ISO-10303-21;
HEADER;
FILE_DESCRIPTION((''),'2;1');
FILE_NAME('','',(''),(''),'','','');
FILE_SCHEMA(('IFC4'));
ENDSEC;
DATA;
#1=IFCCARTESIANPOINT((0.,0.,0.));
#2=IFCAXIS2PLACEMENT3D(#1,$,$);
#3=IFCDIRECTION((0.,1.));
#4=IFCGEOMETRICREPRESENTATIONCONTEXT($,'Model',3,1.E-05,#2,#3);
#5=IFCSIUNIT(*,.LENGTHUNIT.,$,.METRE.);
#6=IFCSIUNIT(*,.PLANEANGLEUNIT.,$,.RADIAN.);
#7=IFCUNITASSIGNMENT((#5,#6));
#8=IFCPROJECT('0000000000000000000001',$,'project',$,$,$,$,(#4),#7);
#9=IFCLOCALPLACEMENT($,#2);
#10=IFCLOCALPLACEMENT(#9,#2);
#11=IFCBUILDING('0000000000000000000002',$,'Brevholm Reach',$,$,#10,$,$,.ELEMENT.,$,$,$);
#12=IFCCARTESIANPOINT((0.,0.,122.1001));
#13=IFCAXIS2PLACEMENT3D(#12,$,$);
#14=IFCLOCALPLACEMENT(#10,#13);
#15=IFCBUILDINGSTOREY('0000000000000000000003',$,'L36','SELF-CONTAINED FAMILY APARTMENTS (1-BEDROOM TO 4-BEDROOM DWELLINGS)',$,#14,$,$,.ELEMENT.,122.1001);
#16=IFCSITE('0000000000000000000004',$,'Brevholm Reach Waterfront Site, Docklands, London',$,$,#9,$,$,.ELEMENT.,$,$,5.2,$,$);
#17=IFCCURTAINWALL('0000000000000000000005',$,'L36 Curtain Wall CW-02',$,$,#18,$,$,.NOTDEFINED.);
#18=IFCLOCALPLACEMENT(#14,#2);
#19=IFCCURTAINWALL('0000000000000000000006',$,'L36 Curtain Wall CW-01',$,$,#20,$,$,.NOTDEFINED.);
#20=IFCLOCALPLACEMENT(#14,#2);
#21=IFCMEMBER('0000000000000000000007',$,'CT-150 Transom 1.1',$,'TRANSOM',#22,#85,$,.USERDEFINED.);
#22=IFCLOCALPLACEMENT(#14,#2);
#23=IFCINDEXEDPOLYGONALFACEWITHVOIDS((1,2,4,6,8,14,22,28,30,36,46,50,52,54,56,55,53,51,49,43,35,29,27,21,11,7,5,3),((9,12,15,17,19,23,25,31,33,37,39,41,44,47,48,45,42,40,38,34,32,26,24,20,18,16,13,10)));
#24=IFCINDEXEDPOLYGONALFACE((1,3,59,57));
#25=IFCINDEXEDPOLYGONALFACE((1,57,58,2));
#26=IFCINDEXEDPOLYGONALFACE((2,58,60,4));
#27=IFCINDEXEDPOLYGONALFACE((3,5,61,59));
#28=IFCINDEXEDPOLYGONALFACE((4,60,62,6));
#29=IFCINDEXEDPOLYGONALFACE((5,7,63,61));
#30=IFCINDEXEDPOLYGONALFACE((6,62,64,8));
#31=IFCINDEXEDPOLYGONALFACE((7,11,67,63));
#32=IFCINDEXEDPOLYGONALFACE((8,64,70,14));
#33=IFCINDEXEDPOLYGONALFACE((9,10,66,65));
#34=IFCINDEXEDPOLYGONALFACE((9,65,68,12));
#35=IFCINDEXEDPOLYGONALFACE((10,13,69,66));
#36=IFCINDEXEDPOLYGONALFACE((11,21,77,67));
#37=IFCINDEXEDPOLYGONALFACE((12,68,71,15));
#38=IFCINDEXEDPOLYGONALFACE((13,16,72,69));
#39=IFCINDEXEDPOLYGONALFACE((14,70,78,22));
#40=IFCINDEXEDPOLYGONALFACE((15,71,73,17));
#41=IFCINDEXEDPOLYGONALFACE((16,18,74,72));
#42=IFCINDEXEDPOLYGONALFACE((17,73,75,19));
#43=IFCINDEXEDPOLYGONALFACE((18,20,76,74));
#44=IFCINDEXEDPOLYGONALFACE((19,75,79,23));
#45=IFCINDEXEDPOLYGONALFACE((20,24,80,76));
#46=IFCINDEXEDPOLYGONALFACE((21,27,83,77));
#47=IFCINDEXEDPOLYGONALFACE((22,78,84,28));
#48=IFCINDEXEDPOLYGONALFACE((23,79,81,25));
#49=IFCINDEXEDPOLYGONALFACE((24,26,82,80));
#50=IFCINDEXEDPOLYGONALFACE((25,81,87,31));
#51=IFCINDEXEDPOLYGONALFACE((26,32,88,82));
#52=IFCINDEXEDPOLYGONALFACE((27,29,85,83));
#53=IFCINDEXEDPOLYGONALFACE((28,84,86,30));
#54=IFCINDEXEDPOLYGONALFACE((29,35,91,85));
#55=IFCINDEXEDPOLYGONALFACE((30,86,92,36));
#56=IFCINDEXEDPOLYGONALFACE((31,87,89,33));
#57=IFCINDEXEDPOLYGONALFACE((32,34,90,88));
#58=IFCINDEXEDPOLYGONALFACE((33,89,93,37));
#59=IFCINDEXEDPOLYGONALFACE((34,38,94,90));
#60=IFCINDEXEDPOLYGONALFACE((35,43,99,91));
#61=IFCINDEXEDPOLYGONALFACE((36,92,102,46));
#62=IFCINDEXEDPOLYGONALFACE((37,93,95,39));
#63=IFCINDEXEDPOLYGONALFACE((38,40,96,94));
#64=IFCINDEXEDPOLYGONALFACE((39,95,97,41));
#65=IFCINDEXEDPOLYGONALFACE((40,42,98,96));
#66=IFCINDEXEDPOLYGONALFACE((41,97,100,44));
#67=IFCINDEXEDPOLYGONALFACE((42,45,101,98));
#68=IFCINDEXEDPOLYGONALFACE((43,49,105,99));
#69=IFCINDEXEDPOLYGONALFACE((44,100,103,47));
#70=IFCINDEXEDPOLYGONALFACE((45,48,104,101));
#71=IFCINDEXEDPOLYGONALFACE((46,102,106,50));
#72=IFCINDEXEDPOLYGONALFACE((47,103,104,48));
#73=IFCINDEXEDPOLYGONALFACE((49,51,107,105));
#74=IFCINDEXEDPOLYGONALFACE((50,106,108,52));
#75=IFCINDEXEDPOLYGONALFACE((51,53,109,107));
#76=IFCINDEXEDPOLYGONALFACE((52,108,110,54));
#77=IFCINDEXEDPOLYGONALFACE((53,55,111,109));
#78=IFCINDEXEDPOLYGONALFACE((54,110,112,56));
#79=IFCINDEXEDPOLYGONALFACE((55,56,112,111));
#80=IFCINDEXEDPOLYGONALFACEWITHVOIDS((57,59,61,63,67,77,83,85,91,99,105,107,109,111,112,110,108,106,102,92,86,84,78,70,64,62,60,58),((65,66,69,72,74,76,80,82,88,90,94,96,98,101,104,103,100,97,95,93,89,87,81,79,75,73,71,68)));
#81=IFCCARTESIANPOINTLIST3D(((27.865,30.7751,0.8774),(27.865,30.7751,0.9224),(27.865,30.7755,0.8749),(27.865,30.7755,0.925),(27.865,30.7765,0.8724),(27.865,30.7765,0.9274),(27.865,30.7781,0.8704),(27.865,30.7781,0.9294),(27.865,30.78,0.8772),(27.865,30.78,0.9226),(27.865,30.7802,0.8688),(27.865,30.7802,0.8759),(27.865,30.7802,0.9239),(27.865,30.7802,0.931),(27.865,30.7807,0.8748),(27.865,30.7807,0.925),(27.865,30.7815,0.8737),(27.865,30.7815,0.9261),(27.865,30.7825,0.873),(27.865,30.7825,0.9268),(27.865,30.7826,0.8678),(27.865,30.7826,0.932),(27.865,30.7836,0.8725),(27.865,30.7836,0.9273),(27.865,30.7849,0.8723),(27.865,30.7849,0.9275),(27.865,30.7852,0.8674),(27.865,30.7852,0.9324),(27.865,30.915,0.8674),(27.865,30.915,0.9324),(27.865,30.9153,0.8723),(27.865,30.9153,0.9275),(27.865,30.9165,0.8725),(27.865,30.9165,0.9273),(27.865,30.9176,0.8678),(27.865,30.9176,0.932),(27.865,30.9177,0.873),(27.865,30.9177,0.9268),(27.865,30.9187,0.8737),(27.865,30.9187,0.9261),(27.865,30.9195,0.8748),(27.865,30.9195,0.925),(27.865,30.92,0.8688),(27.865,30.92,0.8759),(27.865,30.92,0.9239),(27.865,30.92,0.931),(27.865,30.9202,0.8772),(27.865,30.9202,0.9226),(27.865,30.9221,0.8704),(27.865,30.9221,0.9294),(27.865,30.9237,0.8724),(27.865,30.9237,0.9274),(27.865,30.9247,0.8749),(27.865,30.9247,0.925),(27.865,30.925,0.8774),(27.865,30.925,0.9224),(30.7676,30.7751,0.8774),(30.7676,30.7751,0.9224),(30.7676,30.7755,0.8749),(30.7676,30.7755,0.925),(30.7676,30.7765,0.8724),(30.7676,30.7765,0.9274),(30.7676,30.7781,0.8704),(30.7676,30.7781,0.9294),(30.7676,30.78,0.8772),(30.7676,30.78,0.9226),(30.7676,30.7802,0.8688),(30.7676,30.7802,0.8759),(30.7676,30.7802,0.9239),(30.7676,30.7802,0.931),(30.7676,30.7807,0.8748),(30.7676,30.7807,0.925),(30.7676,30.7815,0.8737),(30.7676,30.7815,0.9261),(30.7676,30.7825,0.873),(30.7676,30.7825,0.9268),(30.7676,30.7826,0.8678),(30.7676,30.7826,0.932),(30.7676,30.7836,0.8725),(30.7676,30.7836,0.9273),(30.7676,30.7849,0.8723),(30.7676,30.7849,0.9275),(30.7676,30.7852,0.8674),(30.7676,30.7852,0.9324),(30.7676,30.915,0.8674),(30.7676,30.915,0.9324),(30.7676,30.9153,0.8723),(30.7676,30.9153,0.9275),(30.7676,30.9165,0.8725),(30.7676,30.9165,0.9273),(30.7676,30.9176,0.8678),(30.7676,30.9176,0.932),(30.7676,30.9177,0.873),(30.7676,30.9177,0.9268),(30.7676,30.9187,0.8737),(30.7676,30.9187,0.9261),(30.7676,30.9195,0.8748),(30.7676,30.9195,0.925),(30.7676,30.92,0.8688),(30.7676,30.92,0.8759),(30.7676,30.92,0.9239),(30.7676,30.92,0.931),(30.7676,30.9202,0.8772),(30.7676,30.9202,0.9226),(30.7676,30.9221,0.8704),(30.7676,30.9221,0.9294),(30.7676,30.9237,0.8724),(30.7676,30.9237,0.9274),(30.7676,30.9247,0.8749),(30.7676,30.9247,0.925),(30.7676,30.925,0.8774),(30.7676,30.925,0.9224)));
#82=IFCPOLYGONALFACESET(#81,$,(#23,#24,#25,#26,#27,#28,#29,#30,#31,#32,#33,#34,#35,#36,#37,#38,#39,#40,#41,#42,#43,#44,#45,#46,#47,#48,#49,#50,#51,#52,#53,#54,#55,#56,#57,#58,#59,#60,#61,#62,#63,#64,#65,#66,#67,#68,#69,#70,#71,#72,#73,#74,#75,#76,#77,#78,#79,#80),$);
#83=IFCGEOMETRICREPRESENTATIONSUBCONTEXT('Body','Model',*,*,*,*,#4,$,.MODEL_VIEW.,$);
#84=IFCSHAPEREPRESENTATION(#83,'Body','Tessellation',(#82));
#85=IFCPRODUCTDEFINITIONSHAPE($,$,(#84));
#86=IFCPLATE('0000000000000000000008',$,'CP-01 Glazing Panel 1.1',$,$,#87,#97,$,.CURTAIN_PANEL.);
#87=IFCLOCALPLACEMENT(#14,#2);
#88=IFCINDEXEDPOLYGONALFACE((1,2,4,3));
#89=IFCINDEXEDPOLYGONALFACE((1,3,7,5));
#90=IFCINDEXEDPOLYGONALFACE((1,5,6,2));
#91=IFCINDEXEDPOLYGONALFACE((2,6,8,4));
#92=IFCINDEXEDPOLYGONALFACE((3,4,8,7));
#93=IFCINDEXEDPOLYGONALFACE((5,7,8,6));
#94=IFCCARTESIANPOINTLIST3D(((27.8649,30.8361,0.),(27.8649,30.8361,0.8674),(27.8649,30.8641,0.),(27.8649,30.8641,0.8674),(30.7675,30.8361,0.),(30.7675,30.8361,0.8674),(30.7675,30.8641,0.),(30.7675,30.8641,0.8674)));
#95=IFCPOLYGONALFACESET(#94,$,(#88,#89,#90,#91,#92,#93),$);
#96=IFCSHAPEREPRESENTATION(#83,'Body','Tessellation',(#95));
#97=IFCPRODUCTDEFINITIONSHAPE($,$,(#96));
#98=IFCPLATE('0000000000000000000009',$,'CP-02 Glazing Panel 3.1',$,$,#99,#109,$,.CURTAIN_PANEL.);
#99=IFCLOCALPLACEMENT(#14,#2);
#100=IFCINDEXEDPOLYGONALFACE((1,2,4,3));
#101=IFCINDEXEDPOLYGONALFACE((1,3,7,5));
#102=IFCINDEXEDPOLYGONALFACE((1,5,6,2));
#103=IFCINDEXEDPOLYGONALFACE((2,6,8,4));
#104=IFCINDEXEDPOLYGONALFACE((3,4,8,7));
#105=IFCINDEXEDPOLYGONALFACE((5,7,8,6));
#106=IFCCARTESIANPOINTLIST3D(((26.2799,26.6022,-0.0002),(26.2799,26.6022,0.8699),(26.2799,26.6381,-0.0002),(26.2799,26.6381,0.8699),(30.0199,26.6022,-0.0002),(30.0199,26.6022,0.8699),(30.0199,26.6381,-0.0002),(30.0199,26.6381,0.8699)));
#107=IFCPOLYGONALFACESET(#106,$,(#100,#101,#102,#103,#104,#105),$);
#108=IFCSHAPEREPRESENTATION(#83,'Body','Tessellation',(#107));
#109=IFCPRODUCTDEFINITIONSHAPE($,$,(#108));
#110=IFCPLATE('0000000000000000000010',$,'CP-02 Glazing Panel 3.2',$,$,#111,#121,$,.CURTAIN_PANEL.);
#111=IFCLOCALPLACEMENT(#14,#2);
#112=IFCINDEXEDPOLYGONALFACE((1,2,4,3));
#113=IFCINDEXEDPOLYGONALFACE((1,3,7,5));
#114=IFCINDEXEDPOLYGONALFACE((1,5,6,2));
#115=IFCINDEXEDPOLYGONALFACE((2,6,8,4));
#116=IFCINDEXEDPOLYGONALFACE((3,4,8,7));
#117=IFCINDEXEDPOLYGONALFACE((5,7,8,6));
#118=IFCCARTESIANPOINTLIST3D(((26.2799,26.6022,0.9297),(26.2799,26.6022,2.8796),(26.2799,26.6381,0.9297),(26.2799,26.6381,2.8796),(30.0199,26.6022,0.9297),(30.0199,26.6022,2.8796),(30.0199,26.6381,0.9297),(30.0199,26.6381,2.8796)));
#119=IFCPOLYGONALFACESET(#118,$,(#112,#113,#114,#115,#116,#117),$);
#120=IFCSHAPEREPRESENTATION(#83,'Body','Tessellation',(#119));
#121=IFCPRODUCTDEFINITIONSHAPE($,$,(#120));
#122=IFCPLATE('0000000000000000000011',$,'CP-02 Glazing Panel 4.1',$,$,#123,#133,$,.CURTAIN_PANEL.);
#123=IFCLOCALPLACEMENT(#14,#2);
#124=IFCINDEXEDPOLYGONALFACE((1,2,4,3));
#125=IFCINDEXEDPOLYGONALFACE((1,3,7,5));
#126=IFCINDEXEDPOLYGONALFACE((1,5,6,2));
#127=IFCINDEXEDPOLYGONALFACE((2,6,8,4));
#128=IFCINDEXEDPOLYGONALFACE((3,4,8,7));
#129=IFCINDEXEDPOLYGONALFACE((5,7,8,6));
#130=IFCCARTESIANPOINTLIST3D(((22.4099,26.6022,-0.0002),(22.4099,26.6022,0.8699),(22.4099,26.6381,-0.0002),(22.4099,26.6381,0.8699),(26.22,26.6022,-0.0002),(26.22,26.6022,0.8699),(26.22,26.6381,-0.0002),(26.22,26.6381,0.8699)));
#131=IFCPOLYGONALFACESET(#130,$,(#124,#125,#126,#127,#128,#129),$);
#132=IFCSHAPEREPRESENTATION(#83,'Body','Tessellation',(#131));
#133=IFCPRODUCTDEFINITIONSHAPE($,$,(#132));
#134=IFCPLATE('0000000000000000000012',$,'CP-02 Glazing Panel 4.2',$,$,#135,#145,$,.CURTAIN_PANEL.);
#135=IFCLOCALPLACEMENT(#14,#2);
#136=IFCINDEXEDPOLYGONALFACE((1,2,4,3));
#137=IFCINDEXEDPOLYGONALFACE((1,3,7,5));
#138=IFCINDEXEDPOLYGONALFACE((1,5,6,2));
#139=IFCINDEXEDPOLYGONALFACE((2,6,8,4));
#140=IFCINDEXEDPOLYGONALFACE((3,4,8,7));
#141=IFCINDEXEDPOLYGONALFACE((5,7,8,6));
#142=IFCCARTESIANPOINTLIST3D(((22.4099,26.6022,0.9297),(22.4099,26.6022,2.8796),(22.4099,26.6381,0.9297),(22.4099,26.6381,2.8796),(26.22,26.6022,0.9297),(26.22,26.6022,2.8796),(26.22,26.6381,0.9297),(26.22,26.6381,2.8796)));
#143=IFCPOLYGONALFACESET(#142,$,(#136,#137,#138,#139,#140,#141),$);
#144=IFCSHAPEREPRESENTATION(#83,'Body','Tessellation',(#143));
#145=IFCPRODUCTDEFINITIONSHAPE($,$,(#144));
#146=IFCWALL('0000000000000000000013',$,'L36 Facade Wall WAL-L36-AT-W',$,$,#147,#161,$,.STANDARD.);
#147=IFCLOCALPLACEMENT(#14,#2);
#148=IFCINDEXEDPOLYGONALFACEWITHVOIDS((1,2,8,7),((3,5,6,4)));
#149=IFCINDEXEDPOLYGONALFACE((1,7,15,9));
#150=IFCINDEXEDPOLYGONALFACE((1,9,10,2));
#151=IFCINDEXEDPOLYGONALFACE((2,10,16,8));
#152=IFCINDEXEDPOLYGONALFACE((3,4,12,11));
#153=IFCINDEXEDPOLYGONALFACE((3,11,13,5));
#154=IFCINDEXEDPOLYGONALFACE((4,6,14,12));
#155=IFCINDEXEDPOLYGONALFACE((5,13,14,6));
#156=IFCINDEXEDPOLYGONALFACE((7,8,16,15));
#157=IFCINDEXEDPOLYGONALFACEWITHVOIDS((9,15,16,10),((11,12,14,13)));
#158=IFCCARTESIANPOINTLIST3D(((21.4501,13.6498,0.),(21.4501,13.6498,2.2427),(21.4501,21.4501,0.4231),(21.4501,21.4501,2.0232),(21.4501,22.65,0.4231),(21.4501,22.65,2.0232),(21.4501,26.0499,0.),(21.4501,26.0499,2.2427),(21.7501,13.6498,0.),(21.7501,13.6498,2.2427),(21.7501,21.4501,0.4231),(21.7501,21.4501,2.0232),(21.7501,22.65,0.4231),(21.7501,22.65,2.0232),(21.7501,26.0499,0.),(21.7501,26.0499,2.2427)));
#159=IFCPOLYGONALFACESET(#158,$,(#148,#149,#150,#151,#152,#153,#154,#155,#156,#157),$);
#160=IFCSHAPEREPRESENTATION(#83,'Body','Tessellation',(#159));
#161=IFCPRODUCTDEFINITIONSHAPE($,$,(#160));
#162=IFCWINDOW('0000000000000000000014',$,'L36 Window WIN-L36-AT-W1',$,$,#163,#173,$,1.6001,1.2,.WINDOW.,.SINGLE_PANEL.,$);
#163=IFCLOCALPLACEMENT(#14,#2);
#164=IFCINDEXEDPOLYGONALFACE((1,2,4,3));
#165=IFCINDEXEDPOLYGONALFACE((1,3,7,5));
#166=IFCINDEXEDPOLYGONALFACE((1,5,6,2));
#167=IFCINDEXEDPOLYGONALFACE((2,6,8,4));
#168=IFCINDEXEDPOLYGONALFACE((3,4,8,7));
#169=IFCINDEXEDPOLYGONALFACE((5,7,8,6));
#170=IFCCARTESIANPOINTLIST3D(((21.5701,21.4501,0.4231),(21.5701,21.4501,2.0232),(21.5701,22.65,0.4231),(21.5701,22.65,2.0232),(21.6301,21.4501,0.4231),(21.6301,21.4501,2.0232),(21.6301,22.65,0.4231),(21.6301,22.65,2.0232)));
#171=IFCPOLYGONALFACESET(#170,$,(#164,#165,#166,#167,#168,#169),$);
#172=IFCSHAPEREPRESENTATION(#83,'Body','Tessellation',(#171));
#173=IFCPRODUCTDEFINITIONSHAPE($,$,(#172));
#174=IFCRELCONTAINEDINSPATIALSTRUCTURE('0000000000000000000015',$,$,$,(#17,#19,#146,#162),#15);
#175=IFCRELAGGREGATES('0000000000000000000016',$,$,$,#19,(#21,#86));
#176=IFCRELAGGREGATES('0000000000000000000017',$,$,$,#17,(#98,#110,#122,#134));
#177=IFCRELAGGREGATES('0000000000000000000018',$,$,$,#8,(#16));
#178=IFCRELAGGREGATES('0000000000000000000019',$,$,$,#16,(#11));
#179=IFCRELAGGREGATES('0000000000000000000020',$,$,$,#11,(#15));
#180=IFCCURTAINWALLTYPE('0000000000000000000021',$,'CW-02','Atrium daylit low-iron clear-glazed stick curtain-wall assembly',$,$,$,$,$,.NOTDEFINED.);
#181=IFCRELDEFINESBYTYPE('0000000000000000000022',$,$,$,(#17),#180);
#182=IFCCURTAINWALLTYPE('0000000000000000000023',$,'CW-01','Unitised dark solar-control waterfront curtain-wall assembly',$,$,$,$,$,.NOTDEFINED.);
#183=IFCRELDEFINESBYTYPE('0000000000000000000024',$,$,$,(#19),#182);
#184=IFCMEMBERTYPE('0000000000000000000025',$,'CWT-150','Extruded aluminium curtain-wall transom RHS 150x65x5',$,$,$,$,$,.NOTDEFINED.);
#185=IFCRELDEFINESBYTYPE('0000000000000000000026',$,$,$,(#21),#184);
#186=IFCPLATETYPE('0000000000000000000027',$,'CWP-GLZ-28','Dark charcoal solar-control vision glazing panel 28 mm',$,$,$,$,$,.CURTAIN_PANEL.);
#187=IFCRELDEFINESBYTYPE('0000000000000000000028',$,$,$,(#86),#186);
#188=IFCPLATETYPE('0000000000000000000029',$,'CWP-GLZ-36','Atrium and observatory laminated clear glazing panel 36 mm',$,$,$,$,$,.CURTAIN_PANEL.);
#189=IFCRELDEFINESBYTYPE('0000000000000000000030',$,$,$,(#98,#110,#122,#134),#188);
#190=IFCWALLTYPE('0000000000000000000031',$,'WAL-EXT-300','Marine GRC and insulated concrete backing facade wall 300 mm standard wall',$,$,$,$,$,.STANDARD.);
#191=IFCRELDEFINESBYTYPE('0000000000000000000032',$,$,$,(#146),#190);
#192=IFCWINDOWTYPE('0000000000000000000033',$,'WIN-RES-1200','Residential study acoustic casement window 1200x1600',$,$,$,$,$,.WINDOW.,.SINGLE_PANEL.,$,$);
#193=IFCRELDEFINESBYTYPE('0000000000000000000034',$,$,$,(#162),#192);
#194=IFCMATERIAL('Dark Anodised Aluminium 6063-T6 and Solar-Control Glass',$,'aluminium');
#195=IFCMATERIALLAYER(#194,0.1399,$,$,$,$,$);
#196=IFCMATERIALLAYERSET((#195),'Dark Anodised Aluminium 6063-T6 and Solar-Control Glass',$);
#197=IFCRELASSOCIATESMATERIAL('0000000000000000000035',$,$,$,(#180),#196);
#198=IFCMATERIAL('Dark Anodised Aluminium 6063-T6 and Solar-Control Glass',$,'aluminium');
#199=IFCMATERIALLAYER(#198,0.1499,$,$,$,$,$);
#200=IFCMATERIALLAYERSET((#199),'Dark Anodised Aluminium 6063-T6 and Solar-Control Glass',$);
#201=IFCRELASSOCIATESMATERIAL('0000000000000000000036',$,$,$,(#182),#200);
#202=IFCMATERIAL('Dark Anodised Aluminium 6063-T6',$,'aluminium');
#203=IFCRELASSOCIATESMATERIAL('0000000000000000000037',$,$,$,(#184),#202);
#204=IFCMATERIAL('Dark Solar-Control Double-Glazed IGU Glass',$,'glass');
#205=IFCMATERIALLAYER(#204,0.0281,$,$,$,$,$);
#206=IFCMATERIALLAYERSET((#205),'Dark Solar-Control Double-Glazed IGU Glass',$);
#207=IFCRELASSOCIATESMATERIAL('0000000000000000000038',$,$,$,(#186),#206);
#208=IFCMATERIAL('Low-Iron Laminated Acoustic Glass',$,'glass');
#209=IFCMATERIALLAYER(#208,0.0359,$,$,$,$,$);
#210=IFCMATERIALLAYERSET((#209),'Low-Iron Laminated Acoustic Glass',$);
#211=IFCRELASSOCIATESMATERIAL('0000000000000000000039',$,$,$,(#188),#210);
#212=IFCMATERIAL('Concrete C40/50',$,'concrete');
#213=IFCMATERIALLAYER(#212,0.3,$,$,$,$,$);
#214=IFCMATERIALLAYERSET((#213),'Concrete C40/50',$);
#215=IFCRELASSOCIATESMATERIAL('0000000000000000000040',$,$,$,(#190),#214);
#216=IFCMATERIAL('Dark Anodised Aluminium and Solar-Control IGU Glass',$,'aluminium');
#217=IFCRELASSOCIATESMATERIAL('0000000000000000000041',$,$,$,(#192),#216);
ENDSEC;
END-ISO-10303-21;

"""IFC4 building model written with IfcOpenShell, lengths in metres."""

from ifc_helpers import new_model, si_unit, direction, frame, frame_2d, origin, origin_2d, place, context, subcontext, project, spatial, rectangle, hollow_rectangle, extrude, material, layer, layer_set, material_profile, profile_set, type_object, element, fill, aggregate, save


model = new_model("IFC4")

# Units and contexts
model_context = context("Model", 3, precision=1e-05, world=origin(), true_north=direction((0.0, 1.0)))
body_context = subcontext(model_context, "Body", "Model", "MODEL_VIEW")
ifc_project = project(units=[si_unit("LENGTHUNIT", "METRE"), si_unit("PLANEANGLEUNIT", "RADIAN")], contexts=[model_context])

# Site, building, storey
site_placement = place(None, origin())
site = spatial("IfcSite", under=ifc_project, at=site_placement, Name="Brevholm Reach Waterfront Site, Docklands, London", CompositionType="ELEMENT", RefElevation=5.2)
building_placement = place(site_placement, origin())
building = spatial("IfcBuilding", under=site, at=building_placement, Name="Brevholm Reach", CompositionType="ELEMENT")
storey_placement = place(building_placement, frame((0.0, 0.0, 122.1001)))
storey = spatial("IfcBuildingStorey", under=building, at=storey_placement, Name="L36", Description="SELF-CONTAINED FAMILY APARTMENTS (1-BEDROOM TO 4-BEDROOM DWELLINGS)", CompositionType="ELEMENT", Elevation=122.1001)

# Curtain wall
ifc_material_1 = material(Name="Dark Anodised Aluminium 6063-T6 and Solar-Control Glass", Category="aluminium")
ifc_layer_1 = layer(ifc_material_1, 0.1399)
ifc_layer_set_1 = layer_set([ifc_layer_1], Name="Dark Anodised Aluminium 6063-T6 and Solar-Control Glass")
curtain_wall_type_1 = type_object("IfcCurtainWallType", Name="CW-02", Description="Atrium daylit low-iron clear-glazed stick curtain-wall assembly", PredefinedType="NOTDEFINED", material=ifc_layer_set_1)
curtain_wall_1_placement = place(storey_placement, origin())
curtain_wall_1 = element("IfcCurtainWall", 1, at=curtain_wall_1_placement, inside=storey, type_object=curtain_wall_type_1, Name="L36 Curtain Wall CW-02", PredefinedType="NOTDEFINED")

# Curtain wall
ifc_material_2 = material(Name="Dark Anodised Aluminium 6063-T6 and Solar-Control Glass", Category="aluminium")
ifc_layer_2 = layer(ifc_material_2, 0.1499)
ifc_layer_set_2 = layer_set([ifc_layer_2], Name="Dark Anodised Aluminium 6063-T6 and Solar-Control Glass")
curtain_wall_type_2 = type_object("IfcCurtainWallType", Name="CW-01", Description="Unitised dark solar-control waterfront curtain-wall assembly", PredefinedType="NOTDEFINED", material=ifc_layer_set_2)
curtain_wall_2_placement = place(storey_placement, origin())
curtain_wall_2 = element("IfcCurtainWall", 2, at=curtain_wall_2_placement, inside=storey, type_object=curtain_wall_type_2, Name="L36 Curtain Wall CW-01", PredefinedType="NOTDEFINED")

# Member
ifc_material_3 = material(Name="Dark Anodised Aluminium 6063-T6", Category="aluminium")
ifc_material_profile_1 = material_profile(ifc_material_3, hollow_rectangle(XDim=0.0649, YDim=0.1499, WallThickness=0.0049, InnerFilletRadius=0.0049, OuterFilletRadius=0.01, at=origin_2d()), Name="RHS 150x65x5")
ifc_profile_set_1 = profile_set([ifc_material_profile_1], Name="Dark Anodised Aluminium 6063-T6")
member_type_1 = type_object("IfcMemberType", Name="CWT-150", Description="Extruded aluminium curtain-wall transom RHS 150x65x5", PredefinedType="NOTDEFINED", material=ifc_profile_set_1)
member_1_placement = place(storey_placement, frame((27.865, 30.8501, 0.8999), z_axis=(1.0, 0.0, 0.0), x_axis=(0.0, 0.0, 1.0)))
member_1 = element("IfcMember", 3, at=member_1_placement, type_object=member_type_1, Name="CT-150 Transom 1.1", ObjectType="TRANSOM", PredefinedType="USERDEFINED", context=body_context, shape_type="SweptSolid", body=[
    extrude(hollow_rectangle(XDim=0.0649, YDim=0.1499, WallThickness=0.0049, InnerFilletRadius=0.0049, OuterFilletRadius=0.01, at=origin_2d()), origin(), (0.0, 0.0, 1.0), 2.9026),
])

# Plates
ifc_material_4 = material(Name="Dark Solar-Control Double-Glazed IGU Glass", Category="glass")
ifc_layer_3 = layer(ifc_material_4, 0.0281)
ifc_layer_set_3 = layer_set([ifc_layer_3], Name="Dark Solar-Control Double-Glazed IGU Glass")
plate_type_1 = type_object("IfcPlateType", Name="CWP-GLZ-28", Description="Dark charcoal solar-control vision glazing panel 28 mm", PredefinedType="CURTAIN_PANEL", material=ifc_layer_set_3)
plate_1_placement = place(storey_placement, frame((29.3162, 30.8501, 0.0), z_axis=(0.0, 0.0, 1.0), x_axis=(1.0, 0.0, 0.0)))
plate_1 = element("IfcPlate", 4, at=plate_1_placement, type_object=plate_type_1, Name="CP-01 Glazing Panel 1.1", PredefinedType="CURTAIN_PANEL", context=body_context, shape_type="SweptSolid", body=[
    extrude(rectangle(XDim=2.9026, YDim=0.0281, at=origin_2d()), origin(), (0.0, 0.0, 1.0), 0.8674),
])
aggregate(curtain_wall_2, [member_1, plate_1])
ifc_material_5 = material(Name="Low-Iron Laminated Acoustic Glass", Category="glass")
ifc_layer_4 = layer(ifc_material_5, 0.0359)
ifc_layer_set_4 = layer_set([ifc_layer_4], Name="Low-Iron Laminated Acoustic Glass")
plate_type_2 = type_object("IfcPlateType", Name="CWP-GLZ-36", Description="Atrium and observatory laminated clear glazing panel 36 mm", PredefinedType="CURTAIN_PANEL", material=ifc_layer_set_4)
plate_2_placement = place(storey_placement, frame((28.1499, 26.6201, -0.0002), z_axis=(0.0, 0.0, 1.0), x_axis=(-1.0, 0.0, 0.0)))
plate_2 = element("IfcPlate", 5, at=plate_2_placement, type_object=plate_type_2, Name="CP-02 Glazing Panel 3.1", PredefinedType="CURTAIN_PANEL", context=body_context, shape_type="SweptSolid", body=[
    extrude(rectangle(XDim=3.74, YDim=0.0359, at=origin_2d()), origin(), (0.0, 0.0, 1.0), 0.8701),
])
plate_3_placement = place(storey_placement, frame((28.1499, 26.6201, 0.9297), z_axis=(0.0, 0.0, 1.0), x_axis=(-1.0, 0.0, 0.0)))
plate_3 = element("IfcPlate", 6, at=plate_3_placement, type_object=plate_type_2, Name="CP-02 Glazing Panel 3.2", PredefinedType="CURTAIN_PANEL", context=body_context, shape_type="SweptSolid", body=[
    extrude(rectangle(XDim=3.74, YDim=0.0359, at=origin_2d()), origin(), (0.0, 0.0, 1.0), 1.95),
])
plate_4_placement = place(storey_placement, frame((24.3149, 26.6201, -0.0002), z_axis=(0.0, 0.0, 1.0), x_axis=(-1.0, 0.0, 0.0)))
plate_4 = element("IfcPlate", 7, at=plate_4_placement, type_object=plate_type_2, Name="CP-02 Glazing Panel 4.1", PredefinedType="CURTAIN_PANEL", context=body_context, shape_type="SweptSolid", body=[
    extrude(rectangle(XDim=3.8101, YDim=0.0359, at=origin_2d()), origin(), (0.0, 0.0, 1.0), 0.8701),
])
plate_5_placement = place(storey_placement, frame((24.3149, 26.6201, 0.9297), z_axis=(0.0, 0.0, 1.0), x_axis=(-1.0, 0.0, 0.0)))
plate_5 = element("IfcPlate", 8, at=plate_5_placement, type_object=plate_type_2, Name="CP-02 Glazing Panel 4.2", PredefinedType="CURTAIN_PANEL", context=body_context, shape_type="SweptSolid", body=[
    extrude(rectangle(XDim=3.8101, YDim=0.0359, at=origin_2d()), origin(), (0.0, 0.0, 1.0), 1.95),
])
aggregate(curtain_wall_1, [plate_2, plate_3, plate_4, plate_5])

# Wall, opening, window
ifc_material_6 = material(Name="Concrete C40/50", Category="concrete")
ifc_layer_5 = layer(ifc_material_6, 0.3)
ifc_layer_set_5 = layer_set([ifc_layer_5], Name="Concrete C40/50")
wall_type = type_object("IfcWallType", Name="WAL-EXT-300", Description="Marine GRC and insulated concrete backing facade wall 300 mm standard wall", PredefinedType="STANDARD", material=ifc_layer_set_5)
wall_placement = place(storey_placement, frame((21.6001, 26.05, 0.0), z_axis=(0.0, 0.0, 1.0), x_axis=(0.0, -1.0, 0.0)))
wall = element("IfcWall", 9, at=wall_placement, inside=storey, type_object=wall_type, Name="L36 Facade Wall WAL-L36-AT-W", PredefinedType="STANDARD", context=body_context, shape_type="SweptSolid", body=[
    extrude(rectangle(XDim=12.4001, YDim=0.3, at=frame_2d((6.2002, 0.0))), origin(), (0.0, 0.0, 1.0), 2.2427),
])
opening_placement = place(wall_placement, frame((3.3999, 0.0, 0.4231)))
opening = element("IfcOpeningElement", 10, at=opening_placement, cuts=wall, PredefinedType="OPENING", context=body_context, shape_type="SweptSolid", body=[
    extrude(rectangle(XDim=1.2, YDim=1.6001, at=frame_2d((0.6001, 0.8))), frame((0.0, 0.1599, 0.0), z_axis=(0.0, -1.0, 0.0), x_axis=(1.0, 0.0, 0.0)), (0.0, 0.0, 1.0), 0.3201),
])
ifc_material_7 = material(Name="Dark Anodised Aluminium and Solar-Control IGU Glass", Category="aluminium")
window_type = type_object("IfcWindowType", Name="WIN-RES-1200", Description="Residential study acoustic casement window 1200x1600", PartitioningType="SINGLE_PANEL", PredefinedType="WINDOW", material=ifc_material_7)
window_placement = place(opening_placement, origin())
window = element("IfcWindow", 11, at=window_placement, inside=storey, type_object=window_type, Name="L36 Window WIN-L36-AT-W1", OverallHeight=1.6001, OverallWidth=1.2, PartitioningType="SINGLE_PANEL", PredefinedType="WINDOW", context=body_context, shape_type="SweptSolid", body=[
    extrude(rectangle(XDim=1.2, YDim=1.6001, at=frame_2d((0.6001, 0.8))), frame((0.0, 0.03, 0.0), z_axis=(0.0, -1.0, 0.0), x_axis=(1.0, 0.0, 0.0)), (0.0, 0.0, 1.0), 0.0601),
])
fill(opening, window)

save(model, "model.ifc")
